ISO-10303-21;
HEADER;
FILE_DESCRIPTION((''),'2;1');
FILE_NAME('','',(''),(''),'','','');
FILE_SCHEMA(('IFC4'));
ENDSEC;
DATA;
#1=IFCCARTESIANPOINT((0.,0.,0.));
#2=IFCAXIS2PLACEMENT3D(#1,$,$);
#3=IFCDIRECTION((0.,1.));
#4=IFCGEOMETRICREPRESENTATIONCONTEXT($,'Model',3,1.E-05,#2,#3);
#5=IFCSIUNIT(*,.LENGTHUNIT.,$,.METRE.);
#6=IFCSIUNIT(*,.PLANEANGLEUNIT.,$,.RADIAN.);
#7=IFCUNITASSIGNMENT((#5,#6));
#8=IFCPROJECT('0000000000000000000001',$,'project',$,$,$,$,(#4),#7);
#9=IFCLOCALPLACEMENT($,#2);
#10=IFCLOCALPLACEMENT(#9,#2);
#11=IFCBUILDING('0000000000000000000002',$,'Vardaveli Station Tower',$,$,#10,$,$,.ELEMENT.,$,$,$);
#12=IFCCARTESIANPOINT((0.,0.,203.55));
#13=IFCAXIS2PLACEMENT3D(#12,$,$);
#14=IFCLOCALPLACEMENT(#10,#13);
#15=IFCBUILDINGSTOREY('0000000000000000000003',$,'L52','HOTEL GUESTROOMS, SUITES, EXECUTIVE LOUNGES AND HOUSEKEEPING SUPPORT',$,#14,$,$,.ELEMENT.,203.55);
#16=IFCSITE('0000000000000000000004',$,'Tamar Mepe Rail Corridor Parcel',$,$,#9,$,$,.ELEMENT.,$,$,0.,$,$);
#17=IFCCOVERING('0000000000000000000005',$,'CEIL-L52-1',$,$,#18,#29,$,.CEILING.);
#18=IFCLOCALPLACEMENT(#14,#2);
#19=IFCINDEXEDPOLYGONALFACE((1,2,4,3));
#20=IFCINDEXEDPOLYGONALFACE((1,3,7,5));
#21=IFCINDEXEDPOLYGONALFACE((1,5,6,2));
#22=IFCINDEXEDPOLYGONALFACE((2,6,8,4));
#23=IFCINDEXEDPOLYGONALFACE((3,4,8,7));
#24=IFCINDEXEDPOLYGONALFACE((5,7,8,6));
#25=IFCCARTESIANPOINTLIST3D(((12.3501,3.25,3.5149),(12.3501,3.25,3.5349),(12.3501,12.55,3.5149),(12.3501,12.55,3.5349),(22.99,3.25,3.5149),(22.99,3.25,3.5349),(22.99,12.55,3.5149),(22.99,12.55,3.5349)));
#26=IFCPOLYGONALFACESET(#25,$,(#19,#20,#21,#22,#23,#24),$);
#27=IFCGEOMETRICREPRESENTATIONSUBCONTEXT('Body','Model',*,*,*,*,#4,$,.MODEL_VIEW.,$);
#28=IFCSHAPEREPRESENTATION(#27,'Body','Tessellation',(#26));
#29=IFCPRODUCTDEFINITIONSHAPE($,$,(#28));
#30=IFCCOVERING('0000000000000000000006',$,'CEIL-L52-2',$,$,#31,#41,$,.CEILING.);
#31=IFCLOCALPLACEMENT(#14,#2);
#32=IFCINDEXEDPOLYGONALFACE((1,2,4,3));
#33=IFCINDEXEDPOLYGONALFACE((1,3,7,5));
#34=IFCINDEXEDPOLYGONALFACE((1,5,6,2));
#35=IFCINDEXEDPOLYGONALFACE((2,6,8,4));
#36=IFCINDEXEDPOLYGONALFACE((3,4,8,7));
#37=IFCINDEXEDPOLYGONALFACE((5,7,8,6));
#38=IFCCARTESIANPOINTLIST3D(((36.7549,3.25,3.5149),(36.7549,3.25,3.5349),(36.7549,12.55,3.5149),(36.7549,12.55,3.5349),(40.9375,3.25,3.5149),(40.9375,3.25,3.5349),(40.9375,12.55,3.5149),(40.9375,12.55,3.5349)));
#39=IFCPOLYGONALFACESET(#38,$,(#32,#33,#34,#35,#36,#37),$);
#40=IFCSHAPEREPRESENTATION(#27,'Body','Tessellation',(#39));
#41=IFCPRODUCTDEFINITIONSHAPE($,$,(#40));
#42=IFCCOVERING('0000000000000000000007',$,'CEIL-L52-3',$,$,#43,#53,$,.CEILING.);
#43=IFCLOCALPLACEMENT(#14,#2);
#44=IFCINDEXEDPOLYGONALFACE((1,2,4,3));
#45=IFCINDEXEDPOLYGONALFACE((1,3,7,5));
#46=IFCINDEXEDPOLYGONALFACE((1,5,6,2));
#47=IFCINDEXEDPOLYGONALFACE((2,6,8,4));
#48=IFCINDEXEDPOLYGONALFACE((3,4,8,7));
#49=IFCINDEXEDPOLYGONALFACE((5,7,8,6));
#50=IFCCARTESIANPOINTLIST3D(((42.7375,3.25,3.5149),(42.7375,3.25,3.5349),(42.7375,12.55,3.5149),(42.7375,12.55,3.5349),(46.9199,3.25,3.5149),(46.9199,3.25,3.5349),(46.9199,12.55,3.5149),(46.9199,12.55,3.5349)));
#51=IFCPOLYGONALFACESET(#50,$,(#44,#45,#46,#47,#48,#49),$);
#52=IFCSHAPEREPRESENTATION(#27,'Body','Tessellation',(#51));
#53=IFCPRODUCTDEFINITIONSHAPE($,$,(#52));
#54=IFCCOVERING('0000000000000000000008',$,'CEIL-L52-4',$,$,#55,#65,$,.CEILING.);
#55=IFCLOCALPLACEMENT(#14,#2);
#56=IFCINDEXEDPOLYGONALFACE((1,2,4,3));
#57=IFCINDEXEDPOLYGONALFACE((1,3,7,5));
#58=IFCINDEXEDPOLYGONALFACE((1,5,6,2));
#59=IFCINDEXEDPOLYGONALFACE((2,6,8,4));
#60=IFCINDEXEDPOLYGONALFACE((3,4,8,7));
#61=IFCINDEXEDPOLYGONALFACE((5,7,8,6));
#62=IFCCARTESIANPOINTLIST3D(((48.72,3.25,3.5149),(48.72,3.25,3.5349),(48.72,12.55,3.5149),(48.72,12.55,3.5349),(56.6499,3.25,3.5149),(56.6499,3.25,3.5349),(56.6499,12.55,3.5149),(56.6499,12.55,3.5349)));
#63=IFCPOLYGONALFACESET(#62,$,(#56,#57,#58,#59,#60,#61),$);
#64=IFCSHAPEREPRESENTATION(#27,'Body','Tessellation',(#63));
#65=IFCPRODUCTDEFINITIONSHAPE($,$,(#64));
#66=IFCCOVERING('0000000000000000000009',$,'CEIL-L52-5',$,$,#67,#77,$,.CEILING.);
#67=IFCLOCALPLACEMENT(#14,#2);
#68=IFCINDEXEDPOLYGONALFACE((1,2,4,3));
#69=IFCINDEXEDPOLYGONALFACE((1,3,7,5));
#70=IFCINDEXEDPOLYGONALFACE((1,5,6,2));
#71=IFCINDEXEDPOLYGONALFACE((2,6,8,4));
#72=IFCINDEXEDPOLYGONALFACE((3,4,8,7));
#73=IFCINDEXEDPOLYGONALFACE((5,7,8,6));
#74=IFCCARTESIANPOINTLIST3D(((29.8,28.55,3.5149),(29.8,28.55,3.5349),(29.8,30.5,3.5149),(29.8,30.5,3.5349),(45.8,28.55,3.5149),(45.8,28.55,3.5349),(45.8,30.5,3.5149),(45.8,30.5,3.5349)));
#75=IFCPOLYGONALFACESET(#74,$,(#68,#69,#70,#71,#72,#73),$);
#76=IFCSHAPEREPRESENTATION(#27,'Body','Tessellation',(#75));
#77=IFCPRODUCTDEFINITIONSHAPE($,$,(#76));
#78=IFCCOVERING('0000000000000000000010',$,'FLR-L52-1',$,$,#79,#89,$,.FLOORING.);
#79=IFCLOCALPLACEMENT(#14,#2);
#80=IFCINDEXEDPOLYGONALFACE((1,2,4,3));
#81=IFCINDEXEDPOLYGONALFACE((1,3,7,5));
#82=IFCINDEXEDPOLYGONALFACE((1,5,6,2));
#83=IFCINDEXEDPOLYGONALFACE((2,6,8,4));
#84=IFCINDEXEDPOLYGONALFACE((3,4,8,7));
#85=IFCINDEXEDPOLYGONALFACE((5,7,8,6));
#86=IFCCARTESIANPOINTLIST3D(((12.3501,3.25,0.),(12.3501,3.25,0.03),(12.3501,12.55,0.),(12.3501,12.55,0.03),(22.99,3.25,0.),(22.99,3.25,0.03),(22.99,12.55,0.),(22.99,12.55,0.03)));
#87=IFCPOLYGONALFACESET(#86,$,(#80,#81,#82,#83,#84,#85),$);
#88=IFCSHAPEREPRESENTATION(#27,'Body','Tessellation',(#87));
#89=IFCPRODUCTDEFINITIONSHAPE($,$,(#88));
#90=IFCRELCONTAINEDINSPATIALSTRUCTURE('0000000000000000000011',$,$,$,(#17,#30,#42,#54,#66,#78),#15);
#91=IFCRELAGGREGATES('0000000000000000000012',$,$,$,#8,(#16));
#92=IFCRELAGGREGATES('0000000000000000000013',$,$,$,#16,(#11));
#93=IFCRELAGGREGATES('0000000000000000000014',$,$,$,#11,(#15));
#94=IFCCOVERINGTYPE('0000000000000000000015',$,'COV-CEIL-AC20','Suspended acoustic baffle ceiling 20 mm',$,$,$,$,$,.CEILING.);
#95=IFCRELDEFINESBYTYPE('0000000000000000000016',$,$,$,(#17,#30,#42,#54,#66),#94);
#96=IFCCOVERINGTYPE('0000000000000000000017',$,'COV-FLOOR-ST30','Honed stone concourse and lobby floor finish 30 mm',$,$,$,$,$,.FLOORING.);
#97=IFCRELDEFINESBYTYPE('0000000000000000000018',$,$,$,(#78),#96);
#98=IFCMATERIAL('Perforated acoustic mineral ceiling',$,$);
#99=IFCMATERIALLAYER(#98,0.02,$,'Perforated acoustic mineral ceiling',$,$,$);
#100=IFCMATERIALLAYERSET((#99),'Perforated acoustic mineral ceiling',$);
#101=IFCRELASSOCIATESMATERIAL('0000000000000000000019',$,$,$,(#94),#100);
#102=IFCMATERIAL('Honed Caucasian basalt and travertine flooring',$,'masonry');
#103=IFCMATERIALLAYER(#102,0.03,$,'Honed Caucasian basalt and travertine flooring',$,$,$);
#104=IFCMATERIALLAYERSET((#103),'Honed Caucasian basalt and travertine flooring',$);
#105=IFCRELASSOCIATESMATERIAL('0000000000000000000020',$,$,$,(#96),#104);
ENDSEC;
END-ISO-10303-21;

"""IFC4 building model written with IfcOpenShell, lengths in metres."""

from ifc_helpers import new_model, si_unit, direction, frame, origin, place, context, subcontext, project, spatial, polyline, outline, extrude, material, layer, layer_set, type_object, element, save


model = new_model("IFC4")

# Units and contexts
model_context = context("Model", 3, precision=1e-05, world=origin(), true_north=direction((0.0, 1.0)))
body_context = subcontext(model_context, "Body", "Model", "MODEL_VIEW")
ifc_project = project(units=[si_unit("LENGTHUNIT", "METRE"), si_unit("PLANEANGLEUNIT", "RADIAN")], contexts=[model_context])

# Site, building, storey
site_placement = place(None, origin())
site = spatial("IfcSite", under=ifc_project, at=site_placement, Name="Tamar Mepe Rail Corridor Parcel", CompositionType="ELEMENT", RefElevation=0.0)
building_placement = place(site_placement, origin())
building = spatial("IfcBuilding", under=site, at=building_placement, Name="Vardaveli Station Tower", CompositionType="ELEMENT")
storey_placement = place(building_placement, frame((0.0, 0.0, 203.55)))
storey = spatial("IfcBuildingStorey", under=building, at=storey_placement, Name="L52", Description="HOTEL GUESTROOMS, SUITES, EXECUTIVE LOUNGES AND HOUSEKEEPING SUPPORT", CompositionType="ELEMENT", Elevation=203.55)

# Coverings
ifc_material_1 = material(Name="Perforated acoustic mineral ceiling")
ifc_layer_1 = layer(ifc_material_1, 0.02, Name="Perforated acoustic mineral ceiling")
ifc_layer_set_1 = layer_set([ifc_layer_1], Name="Perforated acoustic mineral ceiling")
covering_type_1 = type_object("IfcCoveringType", Name="COV-CEIL-AC20", Description="Suspended acoustic baffle ceiling 20 mm", PredefinedType="CEILING", material=ifc_layer_set_1)
covering_1_placement = place(storey_placement, frame((0.0, 0.0, 3.5149)))
element("IfcCovering", 1, at=covering_1_placement, inside=storey, type_object=covering_type_1, Name="CEIL-L52-1", PredefinedType="CEILING", context=body_context, shape_type="SweptSolid", body=[
    extrude(outline(polyline([(12.3501, 3.25), (22.99, 3.25), (22.99, 12.55), (12.3501, 12.55), (12.3501, 3.25)])), origin(), (0.0, 0.0, 1.0), 0.02),
])
covering_2_placement = place(storey_placement, frame((0.0, 0.0, 3.5149)))
element("IfcCovering", 2, at=covering_2_placement, inside=storey, type_object=covering_type_1, Name="CEIL-L52-2", PredefinedType="CEILING", context=body_context, shape_type="SweptSolid", body=[
    extrude(outline(polyline([(36.7549, 3.25), (40.9375, 3.25), (40.9375, 12.55), (36.7549, 12.55), (36.7549, 3.25)])), origin(), (0.0, 0.0, 1.0), 0.02),
])
covering_3_placement = place(storey_placement, frame((0.0, 0.0, 3.5149)))
element("IfcCovering", 3, at=covering_3_placement, inside=storey, type_object=covering_type_1, Name="CEIL-L52-3", PredefinedType="CEILING", context=body_context, shape_type="SweptSolid", body=[
    extrude(outline(polyline([(42.7375, 3.25), (46.9199, 3.25), (46.9199, 12.55), (42.7375, 12.55), (42.7375, 3.25)])), origin(), (0.0, 0.0, 1.0), 0.02),
])
covering_4_placement = place(storey_placement, frame((0.0, 0.0, 3.5149)))
element("IfcCovering", 4, at=covering_4_placement, inside=storey, type_object=covering_type_1, Name="CEIL-L52-4", PredefinedType="CEILING", context=body_context, shape_type="SweptSolid", body=[
    extrude(outline(polyline([(48.72, 3.25), (56.6499, 3.25), (56.6499, 12.55), (48.72, 12.55), (48.72, 3.25)])), origin(), (0.0, 0.0, 1.0), 0.02),
])
covering_5_placement = place(storey_placement, frame((0.0, 0.0, 3.5149)))
element("IfcCovering", 5, at=covering_5_placement, inside=storey, type_object=covering_type_1, Name="CEIL-L52-5", PredefinedType="CEILING", context=body_context, shape_type="SweptSolid", body=[
    extrude(outline(polyline([(29.8, 28.55), (45.8, 28.55), (45.8, 30.5), (29.8, 30.5), (29.8, 28.55)])), origin(), (0.0, 0.0, 1.0), 0.02),
])
ifc_material_2 = material(Name="Honed Caucasian basalt and travertine flooring", Category="masonry")
ifc_layer_2 = layer(ifc_material_2, 0.03, Name="Honed Caucasian basalt and travertine flooring")
ifc_layer_set_2 = layer_set([ifc_layer_2], Name="Honed Caucasian basalt and travertine flooring")
covering_type_2 = type_object("IfcCoveringType", Name="COV-FLOOR-ST30", Description="Honed stone concourse and lobby floor finish 30 mm", PredefinedType="FLOORING", material=ifc_layer_set_2)
covering_6_placement = place(storey_placement, origin())
element("IfcCovering", 6, at=covering_6_placement, inside=storey, type_object=covering_type_2, Name="FLR-L52-1", PredefinedType="FLOORING", context=body_context, shape_type="SweptSolid", body=[
    extrude(outline(polyline([(12.3501, 3.25), (22.99, 3.25), (22.99, 12.55), (12.3501, 12.55), (12.3501, 3.25)])), origin(), (0.0, 0.0, 1.0), 0.03),
])

save(model, "model.ifc")
